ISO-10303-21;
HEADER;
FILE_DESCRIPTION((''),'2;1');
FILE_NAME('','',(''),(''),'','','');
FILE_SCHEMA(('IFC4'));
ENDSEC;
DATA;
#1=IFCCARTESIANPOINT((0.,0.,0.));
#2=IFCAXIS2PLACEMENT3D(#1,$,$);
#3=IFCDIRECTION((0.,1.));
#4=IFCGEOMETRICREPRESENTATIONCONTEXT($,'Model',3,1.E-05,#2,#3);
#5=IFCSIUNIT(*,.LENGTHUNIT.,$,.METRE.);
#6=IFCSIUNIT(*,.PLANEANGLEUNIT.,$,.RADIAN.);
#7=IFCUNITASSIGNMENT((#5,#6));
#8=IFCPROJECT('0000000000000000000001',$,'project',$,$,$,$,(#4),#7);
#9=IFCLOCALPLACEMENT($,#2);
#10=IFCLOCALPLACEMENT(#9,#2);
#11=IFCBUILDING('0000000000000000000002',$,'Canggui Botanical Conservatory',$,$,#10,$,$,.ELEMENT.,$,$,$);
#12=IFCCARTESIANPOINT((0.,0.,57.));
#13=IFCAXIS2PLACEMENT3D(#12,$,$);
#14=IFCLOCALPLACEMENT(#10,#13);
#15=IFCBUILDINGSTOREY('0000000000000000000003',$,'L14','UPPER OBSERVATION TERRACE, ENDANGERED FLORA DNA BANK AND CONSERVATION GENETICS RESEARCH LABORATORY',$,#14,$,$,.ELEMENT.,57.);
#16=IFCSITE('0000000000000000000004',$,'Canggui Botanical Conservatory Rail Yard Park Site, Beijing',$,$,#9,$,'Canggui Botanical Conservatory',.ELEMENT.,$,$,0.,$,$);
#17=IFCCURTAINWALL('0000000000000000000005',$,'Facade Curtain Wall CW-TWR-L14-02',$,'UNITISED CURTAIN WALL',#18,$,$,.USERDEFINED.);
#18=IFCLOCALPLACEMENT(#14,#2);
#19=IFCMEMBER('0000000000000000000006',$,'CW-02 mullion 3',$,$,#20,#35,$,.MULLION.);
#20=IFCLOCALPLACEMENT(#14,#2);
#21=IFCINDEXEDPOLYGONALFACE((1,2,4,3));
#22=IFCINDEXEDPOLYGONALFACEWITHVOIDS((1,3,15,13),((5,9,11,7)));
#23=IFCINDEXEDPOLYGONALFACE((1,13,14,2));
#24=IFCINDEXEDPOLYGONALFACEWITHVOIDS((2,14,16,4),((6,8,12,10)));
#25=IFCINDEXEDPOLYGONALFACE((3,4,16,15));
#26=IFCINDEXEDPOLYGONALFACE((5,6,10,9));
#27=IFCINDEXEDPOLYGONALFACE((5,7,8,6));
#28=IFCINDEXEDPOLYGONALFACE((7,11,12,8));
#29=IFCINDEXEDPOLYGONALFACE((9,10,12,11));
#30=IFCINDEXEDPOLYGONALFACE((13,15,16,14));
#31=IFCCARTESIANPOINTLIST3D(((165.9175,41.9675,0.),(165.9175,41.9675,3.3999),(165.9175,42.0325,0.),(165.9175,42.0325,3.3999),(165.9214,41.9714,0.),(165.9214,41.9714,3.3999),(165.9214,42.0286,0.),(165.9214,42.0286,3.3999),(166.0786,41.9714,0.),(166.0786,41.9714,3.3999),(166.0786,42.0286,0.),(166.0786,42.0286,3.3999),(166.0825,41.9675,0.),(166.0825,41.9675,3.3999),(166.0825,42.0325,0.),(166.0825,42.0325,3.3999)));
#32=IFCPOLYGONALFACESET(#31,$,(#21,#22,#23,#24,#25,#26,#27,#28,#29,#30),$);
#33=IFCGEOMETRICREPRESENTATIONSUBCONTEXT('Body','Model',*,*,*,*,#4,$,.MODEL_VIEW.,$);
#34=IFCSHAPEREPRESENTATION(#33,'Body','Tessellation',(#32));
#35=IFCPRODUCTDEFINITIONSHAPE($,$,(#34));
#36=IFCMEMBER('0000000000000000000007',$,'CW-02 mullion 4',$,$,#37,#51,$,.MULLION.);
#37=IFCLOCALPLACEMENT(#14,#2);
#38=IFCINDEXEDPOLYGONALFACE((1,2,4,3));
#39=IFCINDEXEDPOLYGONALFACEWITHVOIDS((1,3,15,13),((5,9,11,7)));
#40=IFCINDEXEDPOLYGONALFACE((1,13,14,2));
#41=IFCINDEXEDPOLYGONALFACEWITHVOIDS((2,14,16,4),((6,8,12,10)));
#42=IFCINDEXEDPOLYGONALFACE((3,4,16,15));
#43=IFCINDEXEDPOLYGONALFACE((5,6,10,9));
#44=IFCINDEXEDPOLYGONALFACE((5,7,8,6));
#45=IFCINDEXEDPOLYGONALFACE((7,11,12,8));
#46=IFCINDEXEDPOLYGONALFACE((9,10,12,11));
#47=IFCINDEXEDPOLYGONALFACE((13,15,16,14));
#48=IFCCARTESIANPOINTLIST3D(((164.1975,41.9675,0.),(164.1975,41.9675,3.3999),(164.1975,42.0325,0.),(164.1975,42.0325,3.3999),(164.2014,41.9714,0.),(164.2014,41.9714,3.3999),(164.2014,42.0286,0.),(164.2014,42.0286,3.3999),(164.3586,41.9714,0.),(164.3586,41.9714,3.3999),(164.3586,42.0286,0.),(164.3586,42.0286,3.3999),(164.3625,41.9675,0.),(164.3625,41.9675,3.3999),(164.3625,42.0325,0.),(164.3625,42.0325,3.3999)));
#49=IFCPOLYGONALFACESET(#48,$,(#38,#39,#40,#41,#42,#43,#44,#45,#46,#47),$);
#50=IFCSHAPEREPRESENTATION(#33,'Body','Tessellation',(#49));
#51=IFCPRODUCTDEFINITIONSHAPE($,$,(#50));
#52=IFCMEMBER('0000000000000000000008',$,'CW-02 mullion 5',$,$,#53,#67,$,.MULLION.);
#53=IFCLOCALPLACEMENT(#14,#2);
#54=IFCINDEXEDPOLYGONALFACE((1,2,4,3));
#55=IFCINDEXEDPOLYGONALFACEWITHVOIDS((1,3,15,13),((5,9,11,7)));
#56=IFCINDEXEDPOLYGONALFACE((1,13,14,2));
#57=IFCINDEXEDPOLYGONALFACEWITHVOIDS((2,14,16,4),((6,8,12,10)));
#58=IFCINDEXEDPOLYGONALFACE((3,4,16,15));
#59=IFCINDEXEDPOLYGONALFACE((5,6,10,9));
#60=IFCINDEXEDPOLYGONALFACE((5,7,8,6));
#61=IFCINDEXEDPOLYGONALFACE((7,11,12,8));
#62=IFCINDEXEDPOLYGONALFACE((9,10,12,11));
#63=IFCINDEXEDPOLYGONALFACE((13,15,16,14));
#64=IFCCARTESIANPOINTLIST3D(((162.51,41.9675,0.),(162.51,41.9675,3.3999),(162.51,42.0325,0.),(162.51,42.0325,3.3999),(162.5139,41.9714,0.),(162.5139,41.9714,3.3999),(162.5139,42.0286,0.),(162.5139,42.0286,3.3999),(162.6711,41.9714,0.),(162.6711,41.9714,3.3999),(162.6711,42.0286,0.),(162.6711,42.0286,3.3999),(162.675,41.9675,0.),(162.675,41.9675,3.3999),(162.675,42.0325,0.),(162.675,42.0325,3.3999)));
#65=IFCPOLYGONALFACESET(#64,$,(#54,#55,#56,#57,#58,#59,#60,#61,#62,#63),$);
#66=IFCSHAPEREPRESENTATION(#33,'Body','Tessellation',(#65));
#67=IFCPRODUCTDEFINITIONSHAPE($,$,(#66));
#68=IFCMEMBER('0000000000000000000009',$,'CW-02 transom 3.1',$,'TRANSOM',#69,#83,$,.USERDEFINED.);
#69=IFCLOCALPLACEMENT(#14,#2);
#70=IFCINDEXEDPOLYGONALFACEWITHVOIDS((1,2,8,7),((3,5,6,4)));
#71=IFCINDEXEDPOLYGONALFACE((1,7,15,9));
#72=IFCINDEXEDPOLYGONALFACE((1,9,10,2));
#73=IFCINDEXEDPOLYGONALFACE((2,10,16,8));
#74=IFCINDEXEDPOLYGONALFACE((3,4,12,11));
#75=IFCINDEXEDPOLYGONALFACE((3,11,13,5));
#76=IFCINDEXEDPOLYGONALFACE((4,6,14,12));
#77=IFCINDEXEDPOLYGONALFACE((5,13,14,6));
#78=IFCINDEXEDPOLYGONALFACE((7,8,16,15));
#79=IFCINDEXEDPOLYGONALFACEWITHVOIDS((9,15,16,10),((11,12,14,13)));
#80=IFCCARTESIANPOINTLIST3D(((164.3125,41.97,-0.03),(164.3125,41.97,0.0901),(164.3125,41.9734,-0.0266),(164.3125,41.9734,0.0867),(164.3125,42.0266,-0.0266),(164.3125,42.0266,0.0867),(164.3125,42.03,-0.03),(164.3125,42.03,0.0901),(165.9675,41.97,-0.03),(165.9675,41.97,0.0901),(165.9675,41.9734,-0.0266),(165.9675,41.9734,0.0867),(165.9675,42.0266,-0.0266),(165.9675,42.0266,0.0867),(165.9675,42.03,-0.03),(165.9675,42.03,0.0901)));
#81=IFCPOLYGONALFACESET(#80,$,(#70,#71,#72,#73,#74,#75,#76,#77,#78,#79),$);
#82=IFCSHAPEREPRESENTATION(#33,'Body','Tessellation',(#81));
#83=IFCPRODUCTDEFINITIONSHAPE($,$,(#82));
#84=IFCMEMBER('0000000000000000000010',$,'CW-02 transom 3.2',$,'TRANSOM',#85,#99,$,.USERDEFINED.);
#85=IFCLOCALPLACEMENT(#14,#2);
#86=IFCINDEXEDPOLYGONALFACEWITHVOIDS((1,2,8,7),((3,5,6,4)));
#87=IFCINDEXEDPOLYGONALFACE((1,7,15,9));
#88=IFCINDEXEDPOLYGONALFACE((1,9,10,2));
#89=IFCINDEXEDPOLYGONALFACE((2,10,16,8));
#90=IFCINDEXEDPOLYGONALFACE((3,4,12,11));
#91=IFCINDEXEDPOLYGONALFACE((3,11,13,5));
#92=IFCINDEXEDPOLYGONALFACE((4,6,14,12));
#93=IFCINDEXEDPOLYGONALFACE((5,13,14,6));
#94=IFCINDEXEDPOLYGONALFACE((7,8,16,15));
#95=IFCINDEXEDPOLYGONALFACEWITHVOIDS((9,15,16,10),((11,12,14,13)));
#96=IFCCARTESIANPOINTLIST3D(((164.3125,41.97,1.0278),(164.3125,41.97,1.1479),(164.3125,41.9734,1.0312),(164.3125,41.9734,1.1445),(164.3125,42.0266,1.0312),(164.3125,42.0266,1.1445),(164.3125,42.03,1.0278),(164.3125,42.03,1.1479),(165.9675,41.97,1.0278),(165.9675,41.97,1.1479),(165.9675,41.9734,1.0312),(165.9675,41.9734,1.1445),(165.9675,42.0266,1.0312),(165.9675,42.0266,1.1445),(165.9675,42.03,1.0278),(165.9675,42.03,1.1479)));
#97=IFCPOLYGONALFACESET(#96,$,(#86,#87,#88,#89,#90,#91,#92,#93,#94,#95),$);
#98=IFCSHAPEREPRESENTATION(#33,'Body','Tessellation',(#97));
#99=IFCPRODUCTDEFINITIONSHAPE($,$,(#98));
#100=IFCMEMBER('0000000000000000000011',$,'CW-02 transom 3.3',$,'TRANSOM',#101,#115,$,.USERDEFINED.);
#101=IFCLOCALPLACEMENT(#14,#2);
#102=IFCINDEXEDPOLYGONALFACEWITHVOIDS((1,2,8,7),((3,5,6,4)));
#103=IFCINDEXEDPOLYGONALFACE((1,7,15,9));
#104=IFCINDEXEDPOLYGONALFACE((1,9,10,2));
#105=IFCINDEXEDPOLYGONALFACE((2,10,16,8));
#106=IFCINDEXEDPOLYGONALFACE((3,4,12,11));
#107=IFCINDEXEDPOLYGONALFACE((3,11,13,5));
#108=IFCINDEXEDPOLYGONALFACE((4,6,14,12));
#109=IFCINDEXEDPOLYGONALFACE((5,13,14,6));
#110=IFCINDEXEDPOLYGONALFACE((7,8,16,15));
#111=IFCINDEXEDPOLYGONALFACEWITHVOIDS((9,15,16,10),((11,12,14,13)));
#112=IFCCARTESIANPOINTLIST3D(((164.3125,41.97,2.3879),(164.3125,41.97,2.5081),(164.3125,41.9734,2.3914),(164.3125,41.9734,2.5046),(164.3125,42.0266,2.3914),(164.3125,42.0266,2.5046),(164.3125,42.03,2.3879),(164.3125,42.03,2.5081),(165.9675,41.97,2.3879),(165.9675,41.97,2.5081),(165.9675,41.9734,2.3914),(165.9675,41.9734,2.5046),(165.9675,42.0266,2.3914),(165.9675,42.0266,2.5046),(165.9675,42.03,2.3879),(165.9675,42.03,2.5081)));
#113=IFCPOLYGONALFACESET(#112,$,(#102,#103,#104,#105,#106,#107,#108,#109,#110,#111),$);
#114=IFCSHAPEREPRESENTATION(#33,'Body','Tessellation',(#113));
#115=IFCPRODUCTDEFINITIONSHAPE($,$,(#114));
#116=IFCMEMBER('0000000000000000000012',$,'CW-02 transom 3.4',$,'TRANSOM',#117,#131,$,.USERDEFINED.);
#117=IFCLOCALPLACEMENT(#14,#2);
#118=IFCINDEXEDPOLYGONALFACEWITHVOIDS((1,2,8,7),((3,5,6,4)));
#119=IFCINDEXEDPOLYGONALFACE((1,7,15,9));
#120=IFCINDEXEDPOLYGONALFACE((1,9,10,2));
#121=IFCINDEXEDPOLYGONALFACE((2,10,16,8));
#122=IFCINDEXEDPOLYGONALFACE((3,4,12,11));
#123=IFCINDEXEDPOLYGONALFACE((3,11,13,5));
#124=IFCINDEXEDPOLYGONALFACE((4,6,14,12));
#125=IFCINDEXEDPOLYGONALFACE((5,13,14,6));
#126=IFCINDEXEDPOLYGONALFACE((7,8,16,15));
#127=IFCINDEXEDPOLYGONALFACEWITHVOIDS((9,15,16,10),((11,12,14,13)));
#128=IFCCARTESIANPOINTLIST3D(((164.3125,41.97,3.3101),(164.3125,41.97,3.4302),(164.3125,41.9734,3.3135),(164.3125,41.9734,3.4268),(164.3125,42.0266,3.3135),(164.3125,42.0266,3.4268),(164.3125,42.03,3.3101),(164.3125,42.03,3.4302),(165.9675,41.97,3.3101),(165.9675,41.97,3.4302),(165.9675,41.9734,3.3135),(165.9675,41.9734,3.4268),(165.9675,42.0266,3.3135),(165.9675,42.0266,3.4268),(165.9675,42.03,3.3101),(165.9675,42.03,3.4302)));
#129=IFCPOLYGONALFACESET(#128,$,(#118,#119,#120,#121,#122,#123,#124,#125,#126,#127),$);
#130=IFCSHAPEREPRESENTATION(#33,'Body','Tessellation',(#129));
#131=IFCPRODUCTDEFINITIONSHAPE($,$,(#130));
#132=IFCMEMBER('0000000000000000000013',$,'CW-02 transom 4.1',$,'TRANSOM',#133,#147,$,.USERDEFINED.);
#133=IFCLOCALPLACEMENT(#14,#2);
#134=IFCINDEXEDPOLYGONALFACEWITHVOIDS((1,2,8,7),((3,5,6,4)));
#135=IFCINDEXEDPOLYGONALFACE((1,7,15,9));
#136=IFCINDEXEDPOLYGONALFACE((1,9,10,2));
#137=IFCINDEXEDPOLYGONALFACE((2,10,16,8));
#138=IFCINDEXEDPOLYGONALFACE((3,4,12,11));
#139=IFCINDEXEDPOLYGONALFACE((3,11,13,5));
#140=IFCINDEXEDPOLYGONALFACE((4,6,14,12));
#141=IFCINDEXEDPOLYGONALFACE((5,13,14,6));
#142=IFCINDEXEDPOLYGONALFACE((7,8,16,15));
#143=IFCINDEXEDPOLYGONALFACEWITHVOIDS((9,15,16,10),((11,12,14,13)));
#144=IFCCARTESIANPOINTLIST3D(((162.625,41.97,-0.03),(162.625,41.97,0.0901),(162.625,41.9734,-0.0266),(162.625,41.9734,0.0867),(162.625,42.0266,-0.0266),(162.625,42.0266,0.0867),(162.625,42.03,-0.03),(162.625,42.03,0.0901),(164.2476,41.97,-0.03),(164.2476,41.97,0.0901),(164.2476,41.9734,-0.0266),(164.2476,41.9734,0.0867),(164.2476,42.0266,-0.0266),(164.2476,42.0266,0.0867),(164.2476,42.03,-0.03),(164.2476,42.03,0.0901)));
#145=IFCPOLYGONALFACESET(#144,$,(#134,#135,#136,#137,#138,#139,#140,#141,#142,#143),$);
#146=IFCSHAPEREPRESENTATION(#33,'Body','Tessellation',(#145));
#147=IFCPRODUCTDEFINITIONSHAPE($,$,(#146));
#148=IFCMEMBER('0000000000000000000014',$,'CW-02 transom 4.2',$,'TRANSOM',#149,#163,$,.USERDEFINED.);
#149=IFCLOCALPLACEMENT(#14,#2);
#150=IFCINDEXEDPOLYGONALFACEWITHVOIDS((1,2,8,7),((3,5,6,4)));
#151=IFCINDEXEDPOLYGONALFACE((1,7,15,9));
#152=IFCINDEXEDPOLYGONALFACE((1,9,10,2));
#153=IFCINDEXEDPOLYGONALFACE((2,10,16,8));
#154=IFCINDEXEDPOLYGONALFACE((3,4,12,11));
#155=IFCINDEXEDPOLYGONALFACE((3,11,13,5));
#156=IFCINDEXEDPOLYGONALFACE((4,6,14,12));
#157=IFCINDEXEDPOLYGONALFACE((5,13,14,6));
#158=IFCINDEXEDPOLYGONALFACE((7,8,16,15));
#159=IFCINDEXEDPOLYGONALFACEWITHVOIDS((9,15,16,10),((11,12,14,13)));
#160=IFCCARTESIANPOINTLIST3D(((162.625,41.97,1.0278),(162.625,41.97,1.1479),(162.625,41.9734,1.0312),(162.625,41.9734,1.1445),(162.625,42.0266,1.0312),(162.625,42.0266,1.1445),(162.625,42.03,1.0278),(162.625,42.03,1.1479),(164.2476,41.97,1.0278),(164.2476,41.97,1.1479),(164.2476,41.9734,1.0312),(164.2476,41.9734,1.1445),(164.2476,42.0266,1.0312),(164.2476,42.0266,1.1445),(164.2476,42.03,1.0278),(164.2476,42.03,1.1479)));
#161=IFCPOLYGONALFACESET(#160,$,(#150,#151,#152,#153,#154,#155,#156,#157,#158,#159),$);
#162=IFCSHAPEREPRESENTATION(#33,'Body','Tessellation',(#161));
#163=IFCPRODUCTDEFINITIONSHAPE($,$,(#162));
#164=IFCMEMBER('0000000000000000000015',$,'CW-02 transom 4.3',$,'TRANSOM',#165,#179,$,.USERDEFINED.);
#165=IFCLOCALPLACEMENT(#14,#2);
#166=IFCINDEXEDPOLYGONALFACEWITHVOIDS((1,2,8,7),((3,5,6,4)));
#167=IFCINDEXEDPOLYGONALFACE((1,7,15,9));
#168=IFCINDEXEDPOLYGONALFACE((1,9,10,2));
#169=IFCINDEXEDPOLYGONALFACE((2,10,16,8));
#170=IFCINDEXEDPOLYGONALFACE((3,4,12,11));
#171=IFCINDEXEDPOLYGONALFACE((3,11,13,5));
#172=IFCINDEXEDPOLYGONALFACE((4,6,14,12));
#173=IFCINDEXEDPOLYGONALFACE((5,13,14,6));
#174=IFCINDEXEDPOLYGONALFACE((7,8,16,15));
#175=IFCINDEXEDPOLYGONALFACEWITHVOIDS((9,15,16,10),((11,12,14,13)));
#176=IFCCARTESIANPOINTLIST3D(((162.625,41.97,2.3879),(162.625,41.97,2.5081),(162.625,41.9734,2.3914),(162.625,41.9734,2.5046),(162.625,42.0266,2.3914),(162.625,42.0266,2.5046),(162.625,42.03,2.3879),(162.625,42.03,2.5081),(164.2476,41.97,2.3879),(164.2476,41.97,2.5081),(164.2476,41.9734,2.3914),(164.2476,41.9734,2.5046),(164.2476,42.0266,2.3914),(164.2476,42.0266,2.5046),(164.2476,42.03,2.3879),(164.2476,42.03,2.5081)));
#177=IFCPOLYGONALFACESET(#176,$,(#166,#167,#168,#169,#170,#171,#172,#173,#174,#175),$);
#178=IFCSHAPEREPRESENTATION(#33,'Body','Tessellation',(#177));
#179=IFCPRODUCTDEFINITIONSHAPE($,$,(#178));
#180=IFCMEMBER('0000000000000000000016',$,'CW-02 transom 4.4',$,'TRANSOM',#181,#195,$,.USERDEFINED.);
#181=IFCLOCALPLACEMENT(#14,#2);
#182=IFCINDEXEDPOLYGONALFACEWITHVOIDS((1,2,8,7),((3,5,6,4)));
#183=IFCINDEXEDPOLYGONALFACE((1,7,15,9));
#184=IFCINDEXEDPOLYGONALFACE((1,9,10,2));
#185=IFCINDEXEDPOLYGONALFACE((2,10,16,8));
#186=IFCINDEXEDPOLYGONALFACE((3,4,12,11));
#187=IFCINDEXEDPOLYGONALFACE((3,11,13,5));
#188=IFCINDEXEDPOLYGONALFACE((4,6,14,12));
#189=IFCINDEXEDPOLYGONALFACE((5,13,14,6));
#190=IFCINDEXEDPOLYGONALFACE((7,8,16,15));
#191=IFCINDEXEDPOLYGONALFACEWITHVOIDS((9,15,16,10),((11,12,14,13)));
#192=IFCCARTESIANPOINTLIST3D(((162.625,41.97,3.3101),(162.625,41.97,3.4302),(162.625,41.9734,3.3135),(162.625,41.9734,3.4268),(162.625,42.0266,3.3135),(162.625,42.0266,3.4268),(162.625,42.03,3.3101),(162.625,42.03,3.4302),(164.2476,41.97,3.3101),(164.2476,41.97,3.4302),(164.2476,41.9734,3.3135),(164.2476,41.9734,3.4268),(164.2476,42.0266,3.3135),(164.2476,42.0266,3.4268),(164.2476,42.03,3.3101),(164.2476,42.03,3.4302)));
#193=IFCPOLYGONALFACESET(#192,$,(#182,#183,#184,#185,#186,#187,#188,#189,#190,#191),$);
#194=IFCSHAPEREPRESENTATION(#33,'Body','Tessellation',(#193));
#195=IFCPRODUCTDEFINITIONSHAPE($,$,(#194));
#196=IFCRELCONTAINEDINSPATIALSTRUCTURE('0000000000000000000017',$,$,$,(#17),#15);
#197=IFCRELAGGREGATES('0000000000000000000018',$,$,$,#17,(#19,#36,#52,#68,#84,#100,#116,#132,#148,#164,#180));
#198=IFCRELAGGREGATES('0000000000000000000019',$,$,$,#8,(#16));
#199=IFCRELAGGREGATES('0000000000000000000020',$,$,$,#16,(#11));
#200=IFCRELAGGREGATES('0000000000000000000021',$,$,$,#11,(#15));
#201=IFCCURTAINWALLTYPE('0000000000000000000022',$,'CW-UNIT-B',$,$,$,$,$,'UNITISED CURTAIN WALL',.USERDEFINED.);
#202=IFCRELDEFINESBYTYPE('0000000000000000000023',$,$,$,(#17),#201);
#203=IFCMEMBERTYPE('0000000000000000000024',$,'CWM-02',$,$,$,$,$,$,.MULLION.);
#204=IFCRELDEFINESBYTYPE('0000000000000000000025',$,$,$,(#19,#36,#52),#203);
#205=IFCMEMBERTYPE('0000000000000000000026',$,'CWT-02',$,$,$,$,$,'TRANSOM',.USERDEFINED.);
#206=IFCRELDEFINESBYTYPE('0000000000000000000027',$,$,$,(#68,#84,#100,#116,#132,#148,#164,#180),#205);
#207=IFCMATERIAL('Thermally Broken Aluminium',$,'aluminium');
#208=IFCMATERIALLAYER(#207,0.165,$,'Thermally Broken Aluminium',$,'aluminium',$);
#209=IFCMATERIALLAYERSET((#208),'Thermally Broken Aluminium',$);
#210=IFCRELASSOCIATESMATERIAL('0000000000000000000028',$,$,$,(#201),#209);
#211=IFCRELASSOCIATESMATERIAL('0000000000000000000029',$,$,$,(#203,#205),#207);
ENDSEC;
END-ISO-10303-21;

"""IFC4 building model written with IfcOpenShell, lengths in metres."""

from ifc_helpers import new_model, si_unit, direction, frame, origin, origin_2d, place, context, subcontext, project, spatial, hollow_rectangle, extrude, material, layer, layer_set, material_profile, profile_set, type_object, element, aggregate, save


model = new_model("IFC4")

# Units and contexts
model_context = context("Model", 3, precision=1e-05, world=origin(), true_north=direction((0.0, 1.0)))
body_context = subcontext(model_context, "Body", "Model", "MODEL_VIEW")
ifc_project = project(units=[si_unit("LENGTHUNIT", "METRE"), si_unit("PLANEANGLEUNIT", "RADIAN")], contexts=[model_context])

# Site, building, storey
site_placement = place(None, origin())
site = spatial("IfcSite", under=ifc_project, at=site_placement, Name="Canggui Botanical Conservatory Rail Yard Park Site, Beijing", LongName="Canggui Botanical Conservatory", CompositionType="ELEMENT", RefElevation=0.0)
building_placement = place(site_placement, origin())
building = spatial("IfcBuilding", under=site, at=building_placement, Name="Canggui Botanical Conservatory", CompositionType="ELEMENT")
storey_placement = place(building_placement, frame((0.0, 0.0, 57.0)))
storey = spatial("IfcBuildingStorey", under=building, at=storey_placement, Name="L14", Description="UPPER OBSERVATION TERRACE, ENDANGERED FLORA DNA BANK AND CONSERVATION GENETICS RESEARCH LABORATORY", CompositionType="ELEMENT", Elevation=57.0)

# Curtain wall, members
ifc_material_1 = material(Name="Thermally Broken Aluminium", Category="aluminium")
ifc_layer_1 = layer(ifc_material_1, 0.165, Name="Thermally Broken Aluminium", Category="aluminium")
ifc_layer_set_1 = layer_set([ifc_layer_1], Name="Thermally Broken Aluminium")
curtain_wall_type = type_object("IfcCurtainWallType", Name="CW-UNIT-B", ElementType="UNITISED CURTAIN WALL", PredefinedType="USERDEFINED", material=ifc_layer_set_1)
curtain_wall_placement = place(storey_placement, origin())
curtain_wall = element("IfcCurtainWall", 1, at=curtain_wall_placement, inside=storey, type_object=curtain_wall_type, Name="Facade Curtain Wall CW-TWR-L14-02", ObjectType="UNITISED CURTAIN WALL", PredefinedType="USERDEFINED")
ifc_material_profile_1 = material_profile(ifc_material_1, hollow_rectangle(XDim=0.0649, YDim=0.165, WallThickness=0.0039, at=origin_2d()), Name="CWM 65x165x4")
ifc_profile_set_1 = profile_set([ifc_material_profile_1], Name="Thermally Broken Aluminium")
member_type_1 = type_object("IfcMemberType", Name="CWM-02", PredefinedType="MULLION", material=ifc_profile_set_1)
member_1_placement = place(storey_placement, frame((166.0, 42.0, 0.0), z_axis=(0.0, 0.0, 1.0), x_axis=(0.0, -1.0, 0.0)))
member_1 = element("IfcMember", 2, at=member_1_placement, type_object=member_type_1, Name="CW-02 mullion 3", PredefinedType="MULLION", context=body_context, shape_type="SweptSolid", body=[
    extrude(hollow_rectangle(XDim=0.0649, YDim=0.165, WallThickness=0.0039, at=origin_2d()), origin(), (0.0, 0.0, 1.0), 3.3999),
])
member_2_placement = place(storey_placement, frame((164.28, 42.0, 0.0), z_axis=(0.0, 0.0, 1.0), x_axis=(0.0, -1.0, 0.0)))
member_2 = element("IfcMember", 3, at=member_2_placement, type_object=member_type_1, Name="CW-02 mullion 4", PredefinedType="MULLION", context=body_context, shape_type="SweptSolid", body=[
    extrude(hollow_rectangle(XDim=0.0649, YDim=0.165, WallThickness=0.0039, at=origin_2d()), origin(), (0.0, 0.0, 1.0), 3.3999),
])
member_3_placement = place(storey_placement, frame((162.5925, 42.0, 0.0), z_axis=(0.0, 0.0, 1.0), x_axis=(0.0, -1.0, 0.0)))
member_3 = element("IfcMember", 4, at=member_3_placement, type_object=member_type_1, Name="CW-02 mullion 5", PredefinedType="MULLION", context=body_context, shape_type="SweptSolid", body=[
    extrude(hollow_rectangle(XDim=0.0649, YDim=0.165, WallThickness=0.0039, at=origin_2d()), origin(), (0.0, 0.0, 1.0), 3.3999),
])
ifc_material_profile_2 = material_profile(ifc_material_1, hollow_rectangle(XDim=0.0601, YDim=0.1201, WallThickness=0.0034, at=origin_2d()), Name="CWT 60x120x3.5")
ifc_profile_set_2 = profile_set([ifc_material_profile_2], Name="Thermally Broken Aluminium")
member_type_2 = type_object("IfcMemberType", Name="CWT-02", ElementType="TRANSOM", PredefinedType="USERDEFINED", material=ifc_profile_set_2)
member_4_placement = place(storey_placement, frame((165.9675, 42.0, 0.03), z_axis=(-1.0, 0.0, 0.0), x_axis=(0.0, -1.0, 0.0)))
member_4 = element("IfcMember", 5, at=member_4_placement, type_object=member_type_2, Name="CW-02 transom 3.1", ObjectType="TRANSOM", PredefinedType="USERDEFINED", context=body_context, shape_type="SweptSolid", body=[
    extrude(hollow_rectangle(XDim=0.0601, YDim=0.1201, WallThickness=0.0034, at=origin_2d()), origin(), (0.0, 0.0, 1.0), 1.655),
])
member_5_placement = place(storey_placement, frame((165.9675, 42.0, 1.0879), z_axis=(-1.0, 0.0, 0.0), x_axis=(0.0, -1.0, 0.0)))
member_5 = element("IfcMember", 6, at=member_5_placement, type_object=member_type_2, Name="CW-02 transom 3.2", ObjectType="TRANSOM", PredefinedType="USERDEFINED", context=body_context, shape_type="SweptSolid", body=[
    extrude(hollow_rectangle(XDim=0.0601, YDim=0.1201, WallThickness=0.0034, at=origin_2d()), origin(), (0.0, 0.0, 1.0), 1.655),
])
member_6_placement = place(storey_placement, frame((165.9675, 42.0, 2.448), z_axis=(-1.0, 0.0, 0.0), x_axis=(0.0, -1.0, 0.0)))
member_6 = element("IfcMember", 7, at=member_6_placement, type_object=member_type_2, Name="CW-02 transom 3.3", ObjectType="TRANSOM", PredefinedType="USERDEFINED", context=body_context, shape_type="SweptSolid", body=[
    extrude(hollow_rectangle(XDim=0.0601, YDim=0.1201, WallThickness=0.0034, at=origin_2d()), origin(), (0.0, 0.0, 1.0), 1.655),
])
member_7_placement = place(storey_placement, frame((165.9675, 42.0, 3.3701), z_axis=(-1.0, 0.0, 0.0), x_axis=(0.0, -1.0, 0.0)))
member_7 = element("IfcMember", 8, at=member_7_placement, type_object=member_type_2, Name="CW-02 transom 3.4", ObjectType="TRANSOM", PredefinedType="USERDEFINED", context=body_context, shape_type="SweptSolid", body=[
    extrude(hollow_rectangle(XDim=0.0601, YDim=0.1201, WallThickness=0.0034, at=origin_2d()), origin(), (0.0, 0.0, 1.0), 1.655),
])
member_8_placement = place(storey_placement, frame((164.2476, 42.0, 0.03), z_axis=(-1.0, 0.0, 0.0), x_axis=(0.0, -1.0, 0.0)))
member_8 = element("IfcMember", 9, at=member_8_placement, type_object=member_type_2, Name="CW-02 transom 4.1", ObjectType="TRANSOM", PredefinedType="USERDEFINED", context=body_context, shape_type="SweptSolid", body=[
    extrude(hollow_rectangle(XDim=0.0601, YDim=0.1201, WallThickness=0.0034, at=origin_2d()), origin(), (0.0, 0.0, 1.0), 1.6226),
])
member_9_placement = place(storey_placement, frame((164.2476, 42.0, 1.0879), z_axis=(-1.0, 0.0, 0.0), x_axis=(0.0, -1.0, 0.0)))
member_9 = element("IfcMember", 10, at=member_9_placement, type_object=member_type_2, Name="CW-02 transom 4.2", ObjectType="TRANSOM", PredefinedType="USERDEFINED", context=body_context, shape_type="SweptSolid", body=[
    extrude(hollow_rectangle(XDim=0.0601, YDim=0.1201, WallThickness=0.0034, at=origin_2d()), origin(), (0.0, 0.0, 1.0), 1.6226),
])
member_10_placement = place(storey_placement, frame((164.2476, 42.0, 2.448), z_axis=(-1.0, 0.0, 0.0), x_axis=(0.0, -1.0, 0.0)))
member_10 = element("IfcMember", 11, at=member_10_placement, type_object=member_type_2, Name="CW-02 transom 4.3", ObjectType="TRANSOM", PredefinedType="USERDEFINED", context=body_context, shape_type="SweptSolid", body=[
    extrude(hollow_rectangle(XDim=0.0601, YDim=0.1201, WallThickness=0.0034, at=origin_2d()), origin(), (0.0, 0.0, 1.0), 1.6226),
])
member_11_placement = place(storey_placement, frame((164.2476, 42.0, 3.3701), z_axis=(-1.0, 0.0, 0.0), x_axis=(0.0, -1.0, 0.0)))
member_11 = element("IfcMember", 12, at=member_11_placement, type_object=member_type_2, Name="CW-02 transom 4.4", ObjectType="TRANSOM", PredefinedType="USERDEFINED", context=body_context, shape_type="SweptSolid", body=[
    extrude(hollow_rectangle(XDim=0.0601, YDim=0.1201, WallThickness=0.0034, at=origin_2d()), origin(), (0.0, 0.0, 1.0), 1.6226),
])
aggregate(curtain_wall, [member_1, member_2, member_3, member_4, member_5, member_6, member_7, member_8, member_9, member_10, member_11])

save(model, "model.ifc")
